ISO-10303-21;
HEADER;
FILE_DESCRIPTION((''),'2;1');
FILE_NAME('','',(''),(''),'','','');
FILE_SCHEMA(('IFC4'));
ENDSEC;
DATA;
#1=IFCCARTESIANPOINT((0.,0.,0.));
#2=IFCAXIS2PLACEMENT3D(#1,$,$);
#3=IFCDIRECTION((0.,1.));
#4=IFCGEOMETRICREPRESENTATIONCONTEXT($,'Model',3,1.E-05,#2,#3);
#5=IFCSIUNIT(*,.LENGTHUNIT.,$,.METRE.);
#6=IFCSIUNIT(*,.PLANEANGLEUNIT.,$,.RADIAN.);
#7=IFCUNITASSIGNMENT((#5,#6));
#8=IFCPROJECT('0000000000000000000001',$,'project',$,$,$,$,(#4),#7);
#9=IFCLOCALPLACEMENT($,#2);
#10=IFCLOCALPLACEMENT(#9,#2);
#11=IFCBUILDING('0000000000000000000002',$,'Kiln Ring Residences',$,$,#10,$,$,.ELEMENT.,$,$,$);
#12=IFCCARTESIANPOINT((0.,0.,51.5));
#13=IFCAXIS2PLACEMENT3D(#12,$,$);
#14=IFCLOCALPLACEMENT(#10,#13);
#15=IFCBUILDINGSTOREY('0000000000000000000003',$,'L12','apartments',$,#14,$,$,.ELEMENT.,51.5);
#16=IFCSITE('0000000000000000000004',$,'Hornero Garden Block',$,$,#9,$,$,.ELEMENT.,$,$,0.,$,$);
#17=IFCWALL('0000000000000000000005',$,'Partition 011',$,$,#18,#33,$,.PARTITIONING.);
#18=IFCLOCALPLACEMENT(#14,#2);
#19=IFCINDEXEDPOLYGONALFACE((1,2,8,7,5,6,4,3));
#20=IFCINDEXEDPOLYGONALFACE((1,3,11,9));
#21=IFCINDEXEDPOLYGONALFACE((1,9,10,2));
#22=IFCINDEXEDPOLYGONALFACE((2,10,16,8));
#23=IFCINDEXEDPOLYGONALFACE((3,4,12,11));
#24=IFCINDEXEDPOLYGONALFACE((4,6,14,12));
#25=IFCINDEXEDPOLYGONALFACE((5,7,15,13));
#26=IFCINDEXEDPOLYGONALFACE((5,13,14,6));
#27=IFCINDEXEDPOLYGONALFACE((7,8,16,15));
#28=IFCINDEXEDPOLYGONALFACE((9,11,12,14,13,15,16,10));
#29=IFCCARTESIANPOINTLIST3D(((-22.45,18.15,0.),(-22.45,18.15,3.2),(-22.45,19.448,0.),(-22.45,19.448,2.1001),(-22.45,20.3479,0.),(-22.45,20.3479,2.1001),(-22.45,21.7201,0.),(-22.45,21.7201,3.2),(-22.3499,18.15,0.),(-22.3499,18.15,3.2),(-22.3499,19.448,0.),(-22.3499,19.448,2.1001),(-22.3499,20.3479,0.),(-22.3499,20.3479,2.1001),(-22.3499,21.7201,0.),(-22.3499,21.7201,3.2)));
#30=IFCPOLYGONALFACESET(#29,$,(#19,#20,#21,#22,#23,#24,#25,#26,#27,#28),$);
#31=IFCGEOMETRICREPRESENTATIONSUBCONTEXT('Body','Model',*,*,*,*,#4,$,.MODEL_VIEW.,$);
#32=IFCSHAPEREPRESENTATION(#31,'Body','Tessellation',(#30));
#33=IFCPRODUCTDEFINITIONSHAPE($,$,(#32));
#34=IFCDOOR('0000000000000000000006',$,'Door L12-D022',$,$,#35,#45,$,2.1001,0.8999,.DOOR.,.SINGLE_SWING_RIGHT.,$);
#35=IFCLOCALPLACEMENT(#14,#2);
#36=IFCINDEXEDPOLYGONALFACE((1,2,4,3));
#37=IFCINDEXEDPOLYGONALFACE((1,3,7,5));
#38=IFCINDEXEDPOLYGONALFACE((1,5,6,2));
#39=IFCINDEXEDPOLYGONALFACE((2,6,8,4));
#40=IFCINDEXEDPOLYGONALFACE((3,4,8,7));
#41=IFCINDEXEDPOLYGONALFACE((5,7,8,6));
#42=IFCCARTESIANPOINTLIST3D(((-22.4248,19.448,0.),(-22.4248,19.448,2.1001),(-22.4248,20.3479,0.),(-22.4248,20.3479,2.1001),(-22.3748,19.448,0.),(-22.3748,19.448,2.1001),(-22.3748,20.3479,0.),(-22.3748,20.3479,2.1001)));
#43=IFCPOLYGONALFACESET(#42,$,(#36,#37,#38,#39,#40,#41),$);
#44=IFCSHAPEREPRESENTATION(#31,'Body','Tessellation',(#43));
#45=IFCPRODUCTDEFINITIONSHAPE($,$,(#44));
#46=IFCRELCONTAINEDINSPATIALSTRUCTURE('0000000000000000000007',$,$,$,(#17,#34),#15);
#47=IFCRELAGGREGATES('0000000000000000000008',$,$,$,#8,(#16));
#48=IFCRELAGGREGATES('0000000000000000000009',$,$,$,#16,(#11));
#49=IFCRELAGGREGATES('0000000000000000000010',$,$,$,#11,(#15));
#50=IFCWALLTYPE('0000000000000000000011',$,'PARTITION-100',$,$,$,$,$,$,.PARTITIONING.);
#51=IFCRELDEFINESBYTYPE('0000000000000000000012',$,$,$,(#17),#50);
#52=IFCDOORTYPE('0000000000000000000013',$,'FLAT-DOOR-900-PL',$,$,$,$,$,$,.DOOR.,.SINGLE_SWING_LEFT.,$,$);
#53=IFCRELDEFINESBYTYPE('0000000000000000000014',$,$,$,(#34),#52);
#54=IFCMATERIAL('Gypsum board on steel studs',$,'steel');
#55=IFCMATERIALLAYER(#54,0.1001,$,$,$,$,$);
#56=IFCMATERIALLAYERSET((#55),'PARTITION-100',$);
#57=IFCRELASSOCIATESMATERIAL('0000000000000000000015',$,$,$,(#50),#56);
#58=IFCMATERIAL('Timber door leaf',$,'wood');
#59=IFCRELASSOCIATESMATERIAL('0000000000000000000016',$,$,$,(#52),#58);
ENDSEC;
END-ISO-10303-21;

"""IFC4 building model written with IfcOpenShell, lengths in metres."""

from ifc_helpers import new_model, si_unit, direction, frame, frame_2d, origin, place, context, subcontext, project, spatial, rectangle, extrude, material, layer, layer_set, type_object, element, fill, save


model = new_model("IFC4")

# Units and contexts
model_context = context("Model", 3, precision=1e-05, world=origin(), true_north=direction((0.0, 1.0)))
body_context = subcontext(model_context, "Body", "Model", "MODEL_VIEW")
ifc_project = project(units=[si_unit("LENGTHUNIT", "METRE"), si_unit("PLANEANGLEUNIT", "RADIAN")], contexts=[model_context])

# Site, building, storey
site_placement = place(None, origin())
site = spatial("IfcSite", under=ifc_project, at=site_placement, Name="Hornero Garden Block", CompositionType="ELEMENT", RefElevation=0.0)
building_placement = place(site_placement, origin())
building = spatial("IfcBuilding", under=site, at=building_placement, Name="Kiln Ring Residences", CompositionType="ELEMENT")
storey_placement = place(building_placement, frame((0.0, 0.0, 51.5)))
storey = spatial("IfcBuildingStorey", under=building, at=storey_placement, Name="L12", Description="apartments", CompositionType="ELEMENT", Elevation=51.5)

# Shared definitions
ifc_material_1 = material(Name="Gypsum board on steel studs", Category="steel")
ifc_layer_1 = layer(ifc_material_1, 0.1001)
ifc_layer_set_1 = layer_set([ifc_layer_1], Name="PARTITION-100")
wall_type_1 = type_object("IfcWallType", Name="PARTITION-100", PredefinedType="PARTITIONING", material=ifc_layer_set_1)
ifc_material_2 = material(Name="Timber door leaf", Category="wood")
door_type_1 = type_object("IfcDoorType", Name="FLAT-DOOR-900-PL", OperationType="SINGLE_SWING_LEFT", PredefinedType="DOOR", material=ifc_material_2)

# Wall, opening, door
wall_1_placement = place(storey_placement, frame((-22.3999, 18.1499, 0.0), z_axis=(0.0, 0.0, 1.0), x_axis=(0.0, 1.0, 0.0)))
wall_1 = element("IfcWall", 1, at=wall_1_placement, inside=storey, type_object=wall_type_1, Name="Partition 011", PredefinedType="PARTITIONING", context=body_context, shape_type="SweptSolid", body=[
    extrude(rectangle(XDim=3.5701, YDim=0.1001, at=frame_2d((1.7852, 0.0))), origin(), (0.0, 0.0, 1.0), 3.2),
])
opening_1_placement = place(wall_1_placement, frame((1.2981, 0.0, 0.0)))
opening_1 = element("IfcOpeningElement", 2, at=opening_1_placement, cuts=wall_1, PredefinedType="OPENING", context=body_context, shape_type="SweptSolid", body=[
    extrude(rectangle(XDim=0.8999, YDim=2.1001, at=frame_2d((0.45, 1.05))), frame((0.0, 0.0601, 0.0), z_axis=(0.0, -1.0, 0.0), x_axis=(1.0, 0.0, 0.0)), (0.0, 0.0, 1.0), 0.1201),
])
door_1_placement = place(opening_1_placement, origin())
door_1 = element("IfcDoor", 3, at=door_1_placement, inside=storey, type_object=door_type_1, Name="Door L12-D022", OperationType="SINGLE_SWING_RIGHT", OverallHeight=2.1001, OverallWidth=0.8999, PredefinedType="DOOR", context=body_context, shape_type="SweptSolid", body=[
    extrude(rectangle(XDim=0.8999, YDim=2.1001, at=frame_2d((0.45, 1.05))), frame((0.0, 0.0249, 0.0), z_axis=(0.0, -1.0, 0.0), x_axis=(1.0, 0.0, 0.0)), (0.0, 0.0, 1.0), 0.05),
])
fill(opening_1, door_1)

save(model, "model.ifc")
